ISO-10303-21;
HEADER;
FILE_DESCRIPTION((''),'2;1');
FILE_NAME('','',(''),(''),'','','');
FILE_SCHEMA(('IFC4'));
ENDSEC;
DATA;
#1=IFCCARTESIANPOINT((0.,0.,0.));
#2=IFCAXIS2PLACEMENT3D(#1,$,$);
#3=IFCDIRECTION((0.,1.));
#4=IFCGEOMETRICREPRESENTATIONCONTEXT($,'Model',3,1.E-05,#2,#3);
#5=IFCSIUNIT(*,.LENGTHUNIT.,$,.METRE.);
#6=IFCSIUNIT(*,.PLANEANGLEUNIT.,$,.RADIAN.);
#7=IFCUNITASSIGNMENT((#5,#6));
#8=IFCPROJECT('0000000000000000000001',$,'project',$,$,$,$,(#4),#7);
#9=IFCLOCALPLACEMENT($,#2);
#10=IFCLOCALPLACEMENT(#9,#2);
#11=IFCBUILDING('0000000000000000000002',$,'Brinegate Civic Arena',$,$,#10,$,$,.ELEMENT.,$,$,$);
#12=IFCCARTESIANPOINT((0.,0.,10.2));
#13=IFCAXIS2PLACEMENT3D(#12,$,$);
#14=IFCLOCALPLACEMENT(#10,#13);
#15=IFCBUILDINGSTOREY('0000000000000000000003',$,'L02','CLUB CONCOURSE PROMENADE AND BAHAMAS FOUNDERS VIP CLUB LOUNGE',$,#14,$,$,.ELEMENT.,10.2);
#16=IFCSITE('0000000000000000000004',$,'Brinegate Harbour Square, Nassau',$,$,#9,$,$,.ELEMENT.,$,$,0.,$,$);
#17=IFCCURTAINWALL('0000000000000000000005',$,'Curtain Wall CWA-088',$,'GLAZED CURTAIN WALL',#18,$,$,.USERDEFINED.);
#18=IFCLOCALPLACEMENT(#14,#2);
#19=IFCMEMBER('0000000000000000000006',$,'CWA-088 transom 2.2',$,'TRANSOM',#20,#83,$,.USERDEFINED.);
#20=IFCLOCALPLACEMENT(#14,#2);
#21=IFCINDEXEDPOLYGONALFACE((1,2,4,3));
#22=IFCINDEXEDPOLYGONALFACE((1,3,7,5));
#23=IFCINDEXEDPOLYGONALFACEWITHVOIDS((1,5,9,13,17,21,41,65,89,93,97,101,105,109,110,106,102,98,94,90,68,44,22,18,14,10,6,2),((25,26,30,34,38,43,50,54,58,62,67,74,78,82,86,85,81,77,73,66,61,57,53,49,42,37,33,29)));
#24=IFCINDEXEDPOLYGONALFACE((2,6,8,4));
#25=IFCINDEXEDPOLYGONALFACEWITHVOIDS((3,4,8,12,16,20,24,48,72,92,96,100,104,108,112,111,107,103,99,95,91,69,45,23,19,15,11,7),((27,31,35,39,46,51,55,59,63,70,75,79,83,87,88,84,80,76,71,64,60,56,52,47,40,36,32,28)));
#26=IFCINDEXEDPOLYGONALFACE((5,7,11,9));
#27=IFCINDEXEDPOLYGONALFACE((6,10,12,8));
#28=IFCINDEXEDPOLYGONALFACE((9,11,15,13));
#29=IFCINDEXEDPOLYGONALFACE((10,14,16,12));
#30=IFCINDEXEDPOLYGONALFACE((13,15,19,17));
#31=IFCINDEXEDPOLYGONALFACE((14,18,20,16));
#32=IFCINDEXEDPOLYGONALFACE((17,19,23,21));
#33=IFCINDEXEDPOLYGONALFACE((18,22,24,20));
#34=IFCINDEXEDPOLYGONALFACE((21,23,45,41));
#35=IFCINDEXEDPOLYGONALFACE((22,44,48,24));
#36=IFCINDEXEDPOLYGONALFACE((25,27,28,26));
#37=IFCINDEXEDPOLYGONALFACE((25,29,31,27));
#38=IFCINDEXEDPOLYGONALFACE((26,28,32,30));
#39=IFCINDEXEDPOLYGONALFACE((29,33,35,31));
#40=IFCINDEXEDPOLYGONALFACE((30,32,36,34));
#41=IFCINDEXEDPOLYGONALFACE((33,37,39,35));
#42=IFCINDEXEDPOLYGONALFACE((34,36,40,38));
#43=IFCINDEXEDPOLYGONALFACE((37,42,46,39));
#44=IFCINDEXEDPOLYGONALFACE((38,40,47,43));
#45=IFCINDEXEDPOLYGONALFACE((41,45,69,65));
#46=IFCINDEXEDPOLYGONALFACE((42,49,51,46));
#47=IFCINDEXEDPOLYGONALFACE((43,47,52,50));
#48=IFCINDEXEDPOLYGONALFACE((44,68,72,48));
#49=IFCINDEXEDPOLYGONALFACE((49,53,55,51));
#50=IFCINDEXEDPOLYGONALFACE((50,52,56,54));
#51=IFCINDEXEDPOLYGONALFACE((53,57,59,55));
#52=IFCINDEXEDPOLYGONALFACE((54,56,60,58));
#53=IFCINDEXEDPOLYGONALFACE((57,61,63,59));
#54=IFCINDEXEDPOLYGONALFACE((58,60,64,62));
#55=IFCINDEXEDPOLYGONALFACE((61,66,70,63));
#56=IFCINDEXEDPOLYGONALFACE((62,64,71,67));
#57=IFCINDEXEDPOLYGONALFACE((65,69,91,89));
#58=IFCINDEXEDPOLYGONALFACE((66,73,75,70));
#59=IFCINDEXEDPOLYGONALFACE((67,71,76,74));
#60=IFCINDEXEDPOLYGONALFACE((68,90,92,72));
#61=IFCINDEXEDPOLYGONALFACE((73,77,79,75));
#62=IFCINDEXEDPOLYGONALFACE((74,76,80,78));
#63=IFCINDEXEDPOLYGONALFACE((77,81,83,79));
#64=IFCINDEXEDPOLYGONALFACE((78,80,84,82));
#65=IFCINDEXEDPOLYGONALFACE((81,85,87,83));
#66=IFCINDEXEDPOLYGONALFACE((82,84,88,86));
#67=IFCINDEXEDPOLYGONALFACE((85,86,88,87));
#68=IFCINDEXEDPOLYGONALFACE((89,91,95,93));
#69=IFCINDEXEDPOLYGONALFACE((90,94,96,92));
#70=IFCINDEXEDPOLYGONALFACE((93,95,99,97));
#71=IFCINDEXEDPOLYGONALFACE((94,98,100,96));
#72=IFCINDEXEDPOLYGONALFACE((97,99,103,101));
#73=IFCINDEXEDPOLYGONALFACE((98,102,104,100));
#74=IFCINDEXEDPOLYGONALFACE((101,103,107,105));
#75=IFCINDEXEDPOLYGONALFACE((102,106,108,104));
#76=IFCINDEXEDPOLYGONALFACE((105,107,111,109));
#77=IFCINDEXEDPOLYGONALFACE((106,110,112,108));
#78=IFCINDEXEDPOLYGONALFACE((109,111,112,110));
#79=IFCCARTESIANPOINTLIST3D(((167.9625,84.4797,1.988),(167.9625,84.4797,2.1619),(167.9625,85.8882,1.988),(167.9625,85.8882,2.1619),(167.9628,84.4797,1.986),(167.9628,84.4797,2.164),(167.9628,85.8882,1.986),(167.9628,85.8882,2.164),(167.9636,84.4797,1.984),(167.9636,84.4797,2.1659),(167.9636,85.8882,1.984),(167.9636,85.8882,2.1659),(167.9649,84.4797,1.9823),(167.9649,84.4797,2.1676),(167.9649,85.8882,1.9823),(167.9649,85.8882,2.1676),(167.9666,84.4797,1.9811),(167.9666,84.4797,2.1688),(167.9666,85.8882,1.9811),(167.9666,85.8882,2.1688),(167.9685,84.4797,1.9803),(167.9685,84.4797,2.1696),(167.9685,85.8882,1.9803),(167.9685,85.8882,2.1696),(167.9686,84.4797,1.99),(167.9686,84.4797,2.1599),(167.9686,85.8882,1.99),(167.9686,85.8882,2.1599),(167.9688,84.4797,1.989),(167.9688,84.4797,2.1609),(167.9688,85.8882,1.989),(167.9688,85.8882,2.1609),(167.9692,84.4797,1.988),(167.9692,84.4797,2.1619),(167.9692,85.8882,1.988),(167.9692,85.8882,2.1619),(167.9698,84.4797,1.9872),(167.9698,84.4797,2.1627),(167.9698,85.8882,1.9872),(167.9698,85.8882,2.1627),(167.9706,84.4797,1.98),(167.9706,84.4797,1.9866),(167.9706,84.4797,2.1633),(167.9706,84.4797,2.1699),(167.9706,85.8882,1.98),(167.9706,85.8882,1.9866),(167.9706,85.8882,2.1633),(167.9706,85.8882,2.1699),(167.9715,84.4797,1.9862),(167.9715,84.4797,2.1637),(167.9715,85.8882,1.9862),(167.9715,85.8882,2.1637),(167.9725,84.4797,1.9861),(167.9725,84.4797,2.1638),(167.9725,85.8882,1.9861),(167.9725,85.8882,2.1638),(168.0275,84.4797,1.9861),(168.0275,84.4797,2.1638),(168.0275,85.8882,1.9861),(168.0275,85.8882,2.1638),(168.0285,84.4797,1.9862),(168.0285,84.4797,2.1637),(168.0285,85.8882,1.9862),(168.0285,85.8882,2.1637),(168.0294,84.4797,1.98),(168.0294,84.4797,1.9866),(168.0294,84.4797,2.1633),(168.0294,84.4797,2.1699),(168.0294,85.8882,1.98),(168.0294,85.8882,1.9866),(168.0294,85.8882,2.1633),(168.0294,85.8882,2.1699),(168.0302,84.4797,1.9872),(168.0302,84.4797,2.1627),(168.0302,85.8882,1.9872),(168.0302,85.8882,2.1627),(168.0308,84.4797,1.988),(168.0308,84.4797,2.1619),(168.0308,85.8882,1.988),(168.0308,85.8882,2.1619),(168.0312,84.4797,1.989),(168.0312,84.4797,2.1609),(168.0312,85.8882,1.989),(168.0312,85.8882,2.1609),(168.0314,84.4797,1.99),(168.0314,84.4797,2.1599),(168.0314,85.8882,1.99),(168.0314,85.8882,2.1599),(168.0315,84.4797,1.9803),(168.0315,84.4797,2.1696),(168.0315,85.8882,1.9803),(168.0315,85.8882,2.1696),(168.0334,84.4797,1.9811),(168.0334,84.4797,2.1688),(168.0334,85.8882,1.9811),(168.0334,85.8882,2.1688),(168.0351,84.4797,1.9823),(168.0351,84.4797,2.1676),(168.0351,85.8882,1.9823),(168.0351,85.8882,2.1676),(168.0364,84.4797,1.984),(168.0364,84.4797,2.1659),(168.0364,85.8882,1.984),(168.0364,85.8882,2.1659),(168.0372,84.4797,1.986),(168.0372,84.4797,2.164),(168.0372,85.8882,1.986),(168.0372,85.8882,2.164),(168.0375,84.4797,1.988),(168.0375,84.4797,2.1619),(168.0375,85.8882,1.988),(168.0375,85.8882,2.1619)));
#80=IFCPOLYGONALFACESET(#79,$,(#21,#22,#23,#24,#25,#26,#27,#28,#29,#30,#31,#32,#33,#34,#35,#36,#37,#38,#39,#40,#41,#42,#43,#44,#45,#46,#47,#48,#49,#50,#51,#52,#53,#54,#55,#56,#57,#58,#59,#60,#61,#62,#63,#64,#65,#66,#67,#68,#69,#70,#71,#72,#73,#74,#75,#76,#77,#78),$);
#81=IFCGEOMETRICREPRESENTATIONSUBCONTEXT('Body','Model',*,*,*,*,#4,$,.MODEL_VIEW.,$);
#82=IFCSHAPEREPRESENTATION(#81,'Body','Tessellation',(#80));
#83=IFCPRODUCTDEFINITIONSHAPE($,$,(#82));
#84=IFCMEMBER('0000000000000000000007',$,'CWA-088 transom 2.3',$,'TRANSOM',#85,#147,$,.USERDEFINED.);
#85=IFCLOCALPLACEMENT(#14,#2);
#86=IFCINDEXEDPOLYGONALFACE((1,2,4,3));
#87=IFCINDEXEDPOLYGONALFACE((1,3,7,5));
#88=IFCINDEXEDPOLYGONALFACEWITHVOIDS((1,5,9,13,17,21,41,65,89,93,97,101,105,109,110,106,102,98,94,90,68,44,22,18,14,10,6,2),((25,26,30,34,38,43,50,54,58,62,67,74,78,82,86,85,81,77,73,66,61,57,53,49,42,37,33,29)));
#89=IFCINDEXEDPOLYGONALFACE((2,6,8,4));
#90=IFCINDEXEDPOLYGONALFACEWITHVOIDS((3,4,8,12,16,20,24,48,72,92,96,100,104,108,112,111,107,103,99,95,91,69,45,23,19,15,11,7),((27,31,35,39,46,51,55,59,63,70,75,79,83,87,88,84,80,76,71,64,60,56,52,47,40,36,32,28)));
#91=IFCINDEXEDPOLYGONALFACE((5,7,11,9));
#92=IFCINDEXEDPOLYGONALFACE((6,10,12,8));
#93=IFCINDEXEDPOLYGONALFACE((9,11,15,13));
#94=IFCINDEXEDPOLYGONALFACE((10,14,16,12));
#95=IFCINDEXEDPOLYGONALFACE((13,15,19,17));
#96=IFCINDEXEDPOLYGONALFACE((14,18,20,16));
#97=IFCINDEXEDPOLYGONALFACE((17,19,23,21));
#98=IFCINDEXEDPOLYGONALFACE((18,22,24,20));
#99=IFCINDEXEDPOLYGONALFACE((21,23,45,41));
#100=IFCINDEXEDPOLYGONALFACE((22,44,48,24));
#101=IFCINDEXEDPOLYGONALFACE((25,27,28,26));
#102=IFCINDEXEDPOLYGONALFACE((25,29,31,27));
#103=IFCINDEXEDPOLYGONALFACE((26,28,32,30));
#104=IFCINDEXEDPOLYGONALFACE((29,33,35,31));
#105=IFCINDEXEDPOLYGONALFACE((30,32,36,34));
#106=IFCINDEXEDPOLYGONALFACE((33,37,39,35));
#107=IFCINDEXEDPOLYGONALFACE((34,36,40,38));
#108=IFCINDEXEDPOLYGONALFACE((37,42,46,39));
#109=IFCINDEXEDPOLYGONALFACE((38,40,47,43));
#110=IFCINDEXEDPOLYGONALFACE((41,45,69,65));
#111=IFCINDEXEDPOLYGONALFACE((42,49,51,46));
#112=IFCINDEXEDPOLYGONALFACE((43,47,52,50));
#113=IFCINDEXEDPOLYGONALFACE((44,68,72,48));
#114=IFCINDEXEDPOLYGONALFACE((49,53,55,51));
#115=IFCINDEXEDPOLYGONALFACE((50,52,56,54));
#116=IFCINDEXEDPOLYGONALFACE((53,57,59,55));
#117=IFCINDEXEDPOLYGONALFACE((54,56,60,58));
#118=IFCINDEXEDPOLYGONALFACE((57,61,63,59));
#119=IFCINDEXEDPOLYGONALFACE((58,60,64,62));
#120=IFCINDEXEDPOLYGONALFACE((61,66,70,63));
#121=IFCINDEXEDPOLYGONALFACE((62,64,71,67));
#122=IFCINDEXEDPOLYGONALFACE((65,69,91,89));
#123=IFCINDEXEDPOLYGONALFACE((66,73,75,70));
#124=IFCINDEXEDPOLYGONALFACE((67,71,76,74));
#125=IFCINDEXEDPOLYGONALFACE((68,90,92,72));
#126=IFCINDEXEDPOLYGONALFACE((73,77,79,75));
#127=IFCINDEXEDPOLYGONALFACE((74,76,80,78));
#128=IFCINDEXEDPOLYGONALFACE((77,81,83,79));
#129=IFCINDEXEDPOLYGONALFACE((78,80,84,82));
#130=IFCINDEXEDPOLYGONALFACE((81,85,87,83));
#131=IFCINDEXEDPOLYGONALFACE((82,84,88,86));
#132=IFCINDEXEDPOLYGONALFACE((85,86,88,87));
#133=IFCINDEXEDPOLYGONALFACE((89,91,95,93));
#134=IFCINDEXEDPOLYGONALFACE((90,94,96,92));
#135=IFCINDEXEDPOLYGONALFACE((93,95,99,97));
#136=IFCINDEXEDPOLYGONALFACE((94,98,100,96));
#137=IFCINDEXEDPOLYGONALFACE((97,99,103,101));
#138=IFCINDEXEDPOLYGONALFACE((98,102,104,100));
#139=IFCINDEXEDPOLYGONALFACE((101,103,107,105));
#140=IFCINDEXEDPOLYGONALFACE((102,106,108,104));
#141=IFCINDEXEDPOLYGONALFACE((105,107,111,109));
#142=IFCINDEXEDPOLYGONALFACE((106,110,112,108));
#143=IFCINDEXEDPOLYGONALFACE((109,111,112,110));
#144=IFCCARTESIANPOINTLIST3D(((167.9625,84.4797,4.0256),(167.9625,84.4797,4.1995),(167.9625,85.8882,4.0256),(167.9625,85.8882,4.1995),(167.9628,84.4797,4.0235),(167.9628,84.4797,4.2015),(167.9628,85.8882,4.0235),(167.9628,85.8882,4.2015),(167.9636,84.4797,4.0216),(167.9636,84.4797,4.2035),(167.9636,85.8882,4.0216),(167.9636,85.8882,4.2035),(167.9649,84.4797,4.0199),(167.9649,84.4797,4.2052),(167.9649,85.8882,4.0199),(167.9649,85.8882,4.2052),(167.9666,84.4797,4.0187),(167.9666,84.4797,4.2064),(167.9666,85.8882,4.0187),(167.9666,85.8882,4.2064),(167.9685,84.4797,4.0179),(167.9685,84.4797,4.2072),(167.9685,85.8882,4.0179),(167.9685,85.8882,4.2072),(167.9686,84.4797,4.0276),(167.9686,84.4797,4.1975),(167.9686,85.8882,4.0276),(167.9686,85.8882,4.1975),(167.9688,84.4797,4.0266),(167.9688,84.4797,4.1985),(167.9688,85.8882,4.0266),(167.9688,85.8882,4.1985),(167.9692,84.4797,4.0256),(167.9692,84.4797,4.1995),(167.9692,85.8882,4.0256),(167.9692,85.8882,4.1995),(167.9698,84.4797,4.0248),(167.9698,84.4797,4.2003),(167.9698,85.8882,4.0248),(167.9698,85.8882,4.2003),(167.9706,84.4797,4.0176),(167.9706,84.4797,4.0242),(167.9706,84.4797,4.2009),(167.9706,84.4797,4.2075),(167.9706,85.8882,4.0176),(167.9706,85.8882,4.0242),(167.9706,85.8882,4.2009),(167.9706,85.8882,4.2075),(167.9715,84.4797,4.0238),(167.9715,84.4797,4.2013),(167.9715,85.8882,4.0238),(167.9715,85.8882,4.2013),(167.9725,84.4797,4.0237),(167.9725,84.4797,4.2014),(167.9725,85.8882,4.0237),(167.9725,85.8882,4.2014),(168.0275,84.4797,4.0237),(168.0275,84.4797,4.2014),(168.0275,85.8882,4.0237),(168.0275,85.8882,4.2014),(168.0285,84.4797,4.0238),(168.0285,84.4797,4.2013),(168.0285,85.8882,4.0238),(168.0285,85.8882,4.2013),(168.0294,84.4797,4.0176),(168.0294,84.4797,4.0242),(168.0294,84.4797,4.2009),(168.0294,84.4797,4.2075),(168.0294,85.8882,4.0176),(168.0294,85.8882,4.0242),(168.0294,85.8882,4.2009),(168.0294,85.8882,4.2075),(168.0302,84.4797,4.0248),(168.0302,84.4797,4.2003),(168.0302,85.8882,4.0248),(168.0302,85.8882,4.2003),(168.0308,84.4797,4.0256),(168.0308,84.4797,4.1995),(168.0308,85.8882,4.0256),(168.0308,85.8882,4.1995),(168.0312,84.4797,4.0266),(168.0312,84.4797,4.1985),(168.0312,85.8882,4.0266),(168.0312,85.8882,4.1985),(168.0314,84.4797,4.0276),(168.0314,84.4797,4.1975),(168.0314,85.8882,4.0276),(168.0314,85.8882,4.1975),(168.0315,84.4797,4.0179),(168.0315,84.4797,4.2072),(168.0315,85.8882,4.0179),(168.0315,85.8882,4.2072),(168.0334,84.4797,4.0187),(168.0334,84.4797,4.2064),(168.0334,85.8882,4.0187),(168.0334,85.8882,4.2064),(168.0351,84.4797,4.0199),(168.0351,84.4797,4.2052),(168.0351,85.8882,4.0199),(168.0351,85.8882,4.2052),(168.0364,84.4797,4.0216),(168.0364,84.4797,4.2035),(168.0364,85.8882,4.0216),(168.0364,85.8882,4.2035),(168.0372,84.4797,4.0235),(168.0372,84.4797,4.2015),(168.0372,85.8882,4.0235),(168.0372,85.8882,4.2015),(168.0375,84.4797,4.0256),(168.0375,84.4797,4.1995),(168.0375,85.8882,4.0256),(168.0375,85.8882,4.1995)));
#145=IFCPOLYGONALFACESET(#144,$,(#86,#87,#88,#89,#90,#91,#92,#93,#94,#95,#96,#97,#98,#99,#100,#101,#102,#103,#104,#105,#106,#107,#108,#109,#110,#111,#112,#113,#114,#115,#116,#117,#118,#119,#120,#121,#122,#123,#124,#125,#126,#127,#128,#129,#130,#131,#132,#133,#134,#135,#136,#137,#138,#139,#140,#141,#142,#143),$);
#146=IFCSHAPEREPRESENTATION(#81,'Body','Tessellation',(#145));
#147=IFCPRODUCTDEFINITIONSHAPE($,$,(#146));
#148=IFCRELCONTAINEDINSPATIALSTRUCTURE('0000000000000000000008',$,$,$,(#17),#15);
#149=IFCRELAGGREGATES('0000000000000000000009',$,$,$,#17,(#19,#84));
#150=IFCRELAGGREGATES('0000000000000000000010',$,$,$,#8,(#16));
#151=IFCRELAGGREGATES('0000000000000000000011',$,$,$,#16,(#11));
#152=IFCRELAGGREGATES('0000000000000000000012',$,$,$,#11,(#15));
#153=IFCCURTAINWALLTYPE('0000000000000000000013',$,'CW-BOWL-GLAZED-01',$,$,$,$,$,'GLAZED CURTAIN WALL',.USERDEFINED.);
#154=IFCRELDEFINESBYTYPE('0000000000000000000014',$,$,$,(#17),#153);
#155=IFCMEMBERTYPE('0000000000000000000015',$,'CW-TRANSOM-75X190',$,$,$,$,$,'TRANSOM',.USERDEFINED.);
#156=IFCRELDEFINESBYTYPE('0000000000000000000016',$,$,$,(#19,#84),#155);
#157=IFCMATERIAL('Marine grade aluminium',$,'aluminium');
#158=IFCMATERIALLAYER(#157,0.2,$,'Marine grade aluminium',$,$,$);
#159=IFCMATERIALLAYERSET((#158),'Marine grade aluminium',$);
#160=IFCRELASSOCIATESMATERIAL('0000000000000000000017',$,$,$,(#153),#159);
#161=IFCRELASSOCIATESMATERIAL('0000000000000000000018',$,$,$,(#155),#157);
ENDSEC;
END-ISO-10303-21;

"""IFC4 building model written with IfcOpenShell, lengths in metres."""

from ifc_helpers import new_model, si_unit, direction, frame, origin, origin_2d, place, context, subcontext, project, spatial, hollow_rectangle, extrude, material, layer, layer_set, material_profile, profile_set, type_object, element, aggregate, save


model = new_model("IFC4")

# Units and contexts
model_context = context("Model", 3, precision=1e-05, world=origin(), true_north=direction((0.0, 1.0)))
body_context = subcontext(model_context, "Body", "Model", "MODEL_VIEW")
ifc_project = project(units=[si_unit("LENGTHUNIT", "METRE"), si_unit("PLANEANGLEUNIT", "RADIAN")], contexts=[model_context])

# Site, building, storey
site_placement = place(None, origin())
site = spatial("IfcSite", under=ifc_project, at=site_placement, Name="Brinegate Harbour Square, Nassau", CompositionType="ELEMENT", RefElevation=0.0)
building_placement = place(site_placement, origin())
building = spatial("IfcBuilding", under=site, at=building_placement, Name="Brinegate Civic Arena", CompositionType="ELEMENT")
storey_placement = place(building_placement, frame((0.0, 0.0, 10.2)))
storey = spatial("IfcBuildingStorey", under=building, at=storey_placement, Name="L02", Description="CLUB CONCOURSE PROMENADE AND BAHAMAS FOUNDERS VIP CLUB LOUNGE", CompositionType="ELEMENT", Elevation=10.2)

# Curtain wall, members
ifc_material_1 = material(Name="Marine grade aluminium", Category="aluminium")
ifc_layer_1 = layer(ifc_material_1, 0.2, Name="Marine grade aluminium")
ifc_layer_set_1 = layer_set([ifc_layer_1], Name="Marine grade aluminium")
curtain_wall_type = type_object("IfcCurtainWallType", Name="CW-BOWL-GLAZED-01", ElementType="GLAZED CURTAIN WALL", PredefinedType="USERDEFINED", material=ifc_layer_set_1)
curtain_wall_placement = place(storey_placement, origin())
curtain_wall = element("IfcCurtainWall", 1, at=curtain_wall_placement, inside=storey, type_object=curtain_wall_type, Name="Curtain Wall CWA-088", ObjectType="GLAZED CURTAIN WALL", PredefinedType="USERDEFINED")
ifc_material_profile_1 = material_profile(ifc_material_1, hollow_rectangle(XDim=0.075, YDim=0.1899, WallThickness=0.0061, InnerFilletRadius=0.0039, OuterFilletRadius=0.0081, at=origin_2d()), Name="TRN75X190")
ifc_profile_set_1 = profile_set([ifc_material_profile_1], Name="Marine grade aluminium")
member_type_1 = type_object("IfcMemberType", Name="CW-TRANSOM-75X190", ElementType="TRANSOM", PredefinedType="USERDEFINED", material=ifc_profile_set_1)
member_1_placement = place(storey_placement, frame((168.0, 84.4797, 2.075), z_axis=(0.0, 1.0, 0.0), x_axis=(-1.0, 0.0, 0.0)))
member_1 = element("IfcMember", 2, at=member_1_placement, type_object=member_type_1, Name="CWA-088 transom 2.2", ObjectType="TRANSOM", PredefinedType="USERDEFINED", context=body_context, shape_type="SweptSolid", body=[
    extrude(hollow_rectangle(XDim=0.075, YDim=0.1899, WallThickness=0.0061, InnerFilletRadius=0.0039, OuterFilletRadius=0.0081, at=origin_2d()), origin(), (0.0, 0.0, 1.0), 1.4084),
])
member_2_placement = place(storey_placement, frame((168.0, 84.4797, 4.1125), z_axis=(0.0, 1.0, 0.0), x_axis=(-1.0, 0.0, 0.0)))
member_2 = element("IfcMember", 3, at=member_2_placement, type_object=member_type_1, Name="CWA-088 transom 2.3", ObjectType="TRANSOM", PredefinedType="USERDEFINED", context=body_context, shape_type="SweptSolid", body=[
    extrude(hollow_rectangle(XDim=0.075, YDim=0.1899, WallThickness=0.0061, InnerFilletRadius=0.0039, OuterFilletRadius=0.0081, at=origin_2d()), origin(), (0.0, 0.0, 1.0), 1.4084),
])

aggregate(curtain_wall, [member_1, member_2])

save(model, "model.ifc")
